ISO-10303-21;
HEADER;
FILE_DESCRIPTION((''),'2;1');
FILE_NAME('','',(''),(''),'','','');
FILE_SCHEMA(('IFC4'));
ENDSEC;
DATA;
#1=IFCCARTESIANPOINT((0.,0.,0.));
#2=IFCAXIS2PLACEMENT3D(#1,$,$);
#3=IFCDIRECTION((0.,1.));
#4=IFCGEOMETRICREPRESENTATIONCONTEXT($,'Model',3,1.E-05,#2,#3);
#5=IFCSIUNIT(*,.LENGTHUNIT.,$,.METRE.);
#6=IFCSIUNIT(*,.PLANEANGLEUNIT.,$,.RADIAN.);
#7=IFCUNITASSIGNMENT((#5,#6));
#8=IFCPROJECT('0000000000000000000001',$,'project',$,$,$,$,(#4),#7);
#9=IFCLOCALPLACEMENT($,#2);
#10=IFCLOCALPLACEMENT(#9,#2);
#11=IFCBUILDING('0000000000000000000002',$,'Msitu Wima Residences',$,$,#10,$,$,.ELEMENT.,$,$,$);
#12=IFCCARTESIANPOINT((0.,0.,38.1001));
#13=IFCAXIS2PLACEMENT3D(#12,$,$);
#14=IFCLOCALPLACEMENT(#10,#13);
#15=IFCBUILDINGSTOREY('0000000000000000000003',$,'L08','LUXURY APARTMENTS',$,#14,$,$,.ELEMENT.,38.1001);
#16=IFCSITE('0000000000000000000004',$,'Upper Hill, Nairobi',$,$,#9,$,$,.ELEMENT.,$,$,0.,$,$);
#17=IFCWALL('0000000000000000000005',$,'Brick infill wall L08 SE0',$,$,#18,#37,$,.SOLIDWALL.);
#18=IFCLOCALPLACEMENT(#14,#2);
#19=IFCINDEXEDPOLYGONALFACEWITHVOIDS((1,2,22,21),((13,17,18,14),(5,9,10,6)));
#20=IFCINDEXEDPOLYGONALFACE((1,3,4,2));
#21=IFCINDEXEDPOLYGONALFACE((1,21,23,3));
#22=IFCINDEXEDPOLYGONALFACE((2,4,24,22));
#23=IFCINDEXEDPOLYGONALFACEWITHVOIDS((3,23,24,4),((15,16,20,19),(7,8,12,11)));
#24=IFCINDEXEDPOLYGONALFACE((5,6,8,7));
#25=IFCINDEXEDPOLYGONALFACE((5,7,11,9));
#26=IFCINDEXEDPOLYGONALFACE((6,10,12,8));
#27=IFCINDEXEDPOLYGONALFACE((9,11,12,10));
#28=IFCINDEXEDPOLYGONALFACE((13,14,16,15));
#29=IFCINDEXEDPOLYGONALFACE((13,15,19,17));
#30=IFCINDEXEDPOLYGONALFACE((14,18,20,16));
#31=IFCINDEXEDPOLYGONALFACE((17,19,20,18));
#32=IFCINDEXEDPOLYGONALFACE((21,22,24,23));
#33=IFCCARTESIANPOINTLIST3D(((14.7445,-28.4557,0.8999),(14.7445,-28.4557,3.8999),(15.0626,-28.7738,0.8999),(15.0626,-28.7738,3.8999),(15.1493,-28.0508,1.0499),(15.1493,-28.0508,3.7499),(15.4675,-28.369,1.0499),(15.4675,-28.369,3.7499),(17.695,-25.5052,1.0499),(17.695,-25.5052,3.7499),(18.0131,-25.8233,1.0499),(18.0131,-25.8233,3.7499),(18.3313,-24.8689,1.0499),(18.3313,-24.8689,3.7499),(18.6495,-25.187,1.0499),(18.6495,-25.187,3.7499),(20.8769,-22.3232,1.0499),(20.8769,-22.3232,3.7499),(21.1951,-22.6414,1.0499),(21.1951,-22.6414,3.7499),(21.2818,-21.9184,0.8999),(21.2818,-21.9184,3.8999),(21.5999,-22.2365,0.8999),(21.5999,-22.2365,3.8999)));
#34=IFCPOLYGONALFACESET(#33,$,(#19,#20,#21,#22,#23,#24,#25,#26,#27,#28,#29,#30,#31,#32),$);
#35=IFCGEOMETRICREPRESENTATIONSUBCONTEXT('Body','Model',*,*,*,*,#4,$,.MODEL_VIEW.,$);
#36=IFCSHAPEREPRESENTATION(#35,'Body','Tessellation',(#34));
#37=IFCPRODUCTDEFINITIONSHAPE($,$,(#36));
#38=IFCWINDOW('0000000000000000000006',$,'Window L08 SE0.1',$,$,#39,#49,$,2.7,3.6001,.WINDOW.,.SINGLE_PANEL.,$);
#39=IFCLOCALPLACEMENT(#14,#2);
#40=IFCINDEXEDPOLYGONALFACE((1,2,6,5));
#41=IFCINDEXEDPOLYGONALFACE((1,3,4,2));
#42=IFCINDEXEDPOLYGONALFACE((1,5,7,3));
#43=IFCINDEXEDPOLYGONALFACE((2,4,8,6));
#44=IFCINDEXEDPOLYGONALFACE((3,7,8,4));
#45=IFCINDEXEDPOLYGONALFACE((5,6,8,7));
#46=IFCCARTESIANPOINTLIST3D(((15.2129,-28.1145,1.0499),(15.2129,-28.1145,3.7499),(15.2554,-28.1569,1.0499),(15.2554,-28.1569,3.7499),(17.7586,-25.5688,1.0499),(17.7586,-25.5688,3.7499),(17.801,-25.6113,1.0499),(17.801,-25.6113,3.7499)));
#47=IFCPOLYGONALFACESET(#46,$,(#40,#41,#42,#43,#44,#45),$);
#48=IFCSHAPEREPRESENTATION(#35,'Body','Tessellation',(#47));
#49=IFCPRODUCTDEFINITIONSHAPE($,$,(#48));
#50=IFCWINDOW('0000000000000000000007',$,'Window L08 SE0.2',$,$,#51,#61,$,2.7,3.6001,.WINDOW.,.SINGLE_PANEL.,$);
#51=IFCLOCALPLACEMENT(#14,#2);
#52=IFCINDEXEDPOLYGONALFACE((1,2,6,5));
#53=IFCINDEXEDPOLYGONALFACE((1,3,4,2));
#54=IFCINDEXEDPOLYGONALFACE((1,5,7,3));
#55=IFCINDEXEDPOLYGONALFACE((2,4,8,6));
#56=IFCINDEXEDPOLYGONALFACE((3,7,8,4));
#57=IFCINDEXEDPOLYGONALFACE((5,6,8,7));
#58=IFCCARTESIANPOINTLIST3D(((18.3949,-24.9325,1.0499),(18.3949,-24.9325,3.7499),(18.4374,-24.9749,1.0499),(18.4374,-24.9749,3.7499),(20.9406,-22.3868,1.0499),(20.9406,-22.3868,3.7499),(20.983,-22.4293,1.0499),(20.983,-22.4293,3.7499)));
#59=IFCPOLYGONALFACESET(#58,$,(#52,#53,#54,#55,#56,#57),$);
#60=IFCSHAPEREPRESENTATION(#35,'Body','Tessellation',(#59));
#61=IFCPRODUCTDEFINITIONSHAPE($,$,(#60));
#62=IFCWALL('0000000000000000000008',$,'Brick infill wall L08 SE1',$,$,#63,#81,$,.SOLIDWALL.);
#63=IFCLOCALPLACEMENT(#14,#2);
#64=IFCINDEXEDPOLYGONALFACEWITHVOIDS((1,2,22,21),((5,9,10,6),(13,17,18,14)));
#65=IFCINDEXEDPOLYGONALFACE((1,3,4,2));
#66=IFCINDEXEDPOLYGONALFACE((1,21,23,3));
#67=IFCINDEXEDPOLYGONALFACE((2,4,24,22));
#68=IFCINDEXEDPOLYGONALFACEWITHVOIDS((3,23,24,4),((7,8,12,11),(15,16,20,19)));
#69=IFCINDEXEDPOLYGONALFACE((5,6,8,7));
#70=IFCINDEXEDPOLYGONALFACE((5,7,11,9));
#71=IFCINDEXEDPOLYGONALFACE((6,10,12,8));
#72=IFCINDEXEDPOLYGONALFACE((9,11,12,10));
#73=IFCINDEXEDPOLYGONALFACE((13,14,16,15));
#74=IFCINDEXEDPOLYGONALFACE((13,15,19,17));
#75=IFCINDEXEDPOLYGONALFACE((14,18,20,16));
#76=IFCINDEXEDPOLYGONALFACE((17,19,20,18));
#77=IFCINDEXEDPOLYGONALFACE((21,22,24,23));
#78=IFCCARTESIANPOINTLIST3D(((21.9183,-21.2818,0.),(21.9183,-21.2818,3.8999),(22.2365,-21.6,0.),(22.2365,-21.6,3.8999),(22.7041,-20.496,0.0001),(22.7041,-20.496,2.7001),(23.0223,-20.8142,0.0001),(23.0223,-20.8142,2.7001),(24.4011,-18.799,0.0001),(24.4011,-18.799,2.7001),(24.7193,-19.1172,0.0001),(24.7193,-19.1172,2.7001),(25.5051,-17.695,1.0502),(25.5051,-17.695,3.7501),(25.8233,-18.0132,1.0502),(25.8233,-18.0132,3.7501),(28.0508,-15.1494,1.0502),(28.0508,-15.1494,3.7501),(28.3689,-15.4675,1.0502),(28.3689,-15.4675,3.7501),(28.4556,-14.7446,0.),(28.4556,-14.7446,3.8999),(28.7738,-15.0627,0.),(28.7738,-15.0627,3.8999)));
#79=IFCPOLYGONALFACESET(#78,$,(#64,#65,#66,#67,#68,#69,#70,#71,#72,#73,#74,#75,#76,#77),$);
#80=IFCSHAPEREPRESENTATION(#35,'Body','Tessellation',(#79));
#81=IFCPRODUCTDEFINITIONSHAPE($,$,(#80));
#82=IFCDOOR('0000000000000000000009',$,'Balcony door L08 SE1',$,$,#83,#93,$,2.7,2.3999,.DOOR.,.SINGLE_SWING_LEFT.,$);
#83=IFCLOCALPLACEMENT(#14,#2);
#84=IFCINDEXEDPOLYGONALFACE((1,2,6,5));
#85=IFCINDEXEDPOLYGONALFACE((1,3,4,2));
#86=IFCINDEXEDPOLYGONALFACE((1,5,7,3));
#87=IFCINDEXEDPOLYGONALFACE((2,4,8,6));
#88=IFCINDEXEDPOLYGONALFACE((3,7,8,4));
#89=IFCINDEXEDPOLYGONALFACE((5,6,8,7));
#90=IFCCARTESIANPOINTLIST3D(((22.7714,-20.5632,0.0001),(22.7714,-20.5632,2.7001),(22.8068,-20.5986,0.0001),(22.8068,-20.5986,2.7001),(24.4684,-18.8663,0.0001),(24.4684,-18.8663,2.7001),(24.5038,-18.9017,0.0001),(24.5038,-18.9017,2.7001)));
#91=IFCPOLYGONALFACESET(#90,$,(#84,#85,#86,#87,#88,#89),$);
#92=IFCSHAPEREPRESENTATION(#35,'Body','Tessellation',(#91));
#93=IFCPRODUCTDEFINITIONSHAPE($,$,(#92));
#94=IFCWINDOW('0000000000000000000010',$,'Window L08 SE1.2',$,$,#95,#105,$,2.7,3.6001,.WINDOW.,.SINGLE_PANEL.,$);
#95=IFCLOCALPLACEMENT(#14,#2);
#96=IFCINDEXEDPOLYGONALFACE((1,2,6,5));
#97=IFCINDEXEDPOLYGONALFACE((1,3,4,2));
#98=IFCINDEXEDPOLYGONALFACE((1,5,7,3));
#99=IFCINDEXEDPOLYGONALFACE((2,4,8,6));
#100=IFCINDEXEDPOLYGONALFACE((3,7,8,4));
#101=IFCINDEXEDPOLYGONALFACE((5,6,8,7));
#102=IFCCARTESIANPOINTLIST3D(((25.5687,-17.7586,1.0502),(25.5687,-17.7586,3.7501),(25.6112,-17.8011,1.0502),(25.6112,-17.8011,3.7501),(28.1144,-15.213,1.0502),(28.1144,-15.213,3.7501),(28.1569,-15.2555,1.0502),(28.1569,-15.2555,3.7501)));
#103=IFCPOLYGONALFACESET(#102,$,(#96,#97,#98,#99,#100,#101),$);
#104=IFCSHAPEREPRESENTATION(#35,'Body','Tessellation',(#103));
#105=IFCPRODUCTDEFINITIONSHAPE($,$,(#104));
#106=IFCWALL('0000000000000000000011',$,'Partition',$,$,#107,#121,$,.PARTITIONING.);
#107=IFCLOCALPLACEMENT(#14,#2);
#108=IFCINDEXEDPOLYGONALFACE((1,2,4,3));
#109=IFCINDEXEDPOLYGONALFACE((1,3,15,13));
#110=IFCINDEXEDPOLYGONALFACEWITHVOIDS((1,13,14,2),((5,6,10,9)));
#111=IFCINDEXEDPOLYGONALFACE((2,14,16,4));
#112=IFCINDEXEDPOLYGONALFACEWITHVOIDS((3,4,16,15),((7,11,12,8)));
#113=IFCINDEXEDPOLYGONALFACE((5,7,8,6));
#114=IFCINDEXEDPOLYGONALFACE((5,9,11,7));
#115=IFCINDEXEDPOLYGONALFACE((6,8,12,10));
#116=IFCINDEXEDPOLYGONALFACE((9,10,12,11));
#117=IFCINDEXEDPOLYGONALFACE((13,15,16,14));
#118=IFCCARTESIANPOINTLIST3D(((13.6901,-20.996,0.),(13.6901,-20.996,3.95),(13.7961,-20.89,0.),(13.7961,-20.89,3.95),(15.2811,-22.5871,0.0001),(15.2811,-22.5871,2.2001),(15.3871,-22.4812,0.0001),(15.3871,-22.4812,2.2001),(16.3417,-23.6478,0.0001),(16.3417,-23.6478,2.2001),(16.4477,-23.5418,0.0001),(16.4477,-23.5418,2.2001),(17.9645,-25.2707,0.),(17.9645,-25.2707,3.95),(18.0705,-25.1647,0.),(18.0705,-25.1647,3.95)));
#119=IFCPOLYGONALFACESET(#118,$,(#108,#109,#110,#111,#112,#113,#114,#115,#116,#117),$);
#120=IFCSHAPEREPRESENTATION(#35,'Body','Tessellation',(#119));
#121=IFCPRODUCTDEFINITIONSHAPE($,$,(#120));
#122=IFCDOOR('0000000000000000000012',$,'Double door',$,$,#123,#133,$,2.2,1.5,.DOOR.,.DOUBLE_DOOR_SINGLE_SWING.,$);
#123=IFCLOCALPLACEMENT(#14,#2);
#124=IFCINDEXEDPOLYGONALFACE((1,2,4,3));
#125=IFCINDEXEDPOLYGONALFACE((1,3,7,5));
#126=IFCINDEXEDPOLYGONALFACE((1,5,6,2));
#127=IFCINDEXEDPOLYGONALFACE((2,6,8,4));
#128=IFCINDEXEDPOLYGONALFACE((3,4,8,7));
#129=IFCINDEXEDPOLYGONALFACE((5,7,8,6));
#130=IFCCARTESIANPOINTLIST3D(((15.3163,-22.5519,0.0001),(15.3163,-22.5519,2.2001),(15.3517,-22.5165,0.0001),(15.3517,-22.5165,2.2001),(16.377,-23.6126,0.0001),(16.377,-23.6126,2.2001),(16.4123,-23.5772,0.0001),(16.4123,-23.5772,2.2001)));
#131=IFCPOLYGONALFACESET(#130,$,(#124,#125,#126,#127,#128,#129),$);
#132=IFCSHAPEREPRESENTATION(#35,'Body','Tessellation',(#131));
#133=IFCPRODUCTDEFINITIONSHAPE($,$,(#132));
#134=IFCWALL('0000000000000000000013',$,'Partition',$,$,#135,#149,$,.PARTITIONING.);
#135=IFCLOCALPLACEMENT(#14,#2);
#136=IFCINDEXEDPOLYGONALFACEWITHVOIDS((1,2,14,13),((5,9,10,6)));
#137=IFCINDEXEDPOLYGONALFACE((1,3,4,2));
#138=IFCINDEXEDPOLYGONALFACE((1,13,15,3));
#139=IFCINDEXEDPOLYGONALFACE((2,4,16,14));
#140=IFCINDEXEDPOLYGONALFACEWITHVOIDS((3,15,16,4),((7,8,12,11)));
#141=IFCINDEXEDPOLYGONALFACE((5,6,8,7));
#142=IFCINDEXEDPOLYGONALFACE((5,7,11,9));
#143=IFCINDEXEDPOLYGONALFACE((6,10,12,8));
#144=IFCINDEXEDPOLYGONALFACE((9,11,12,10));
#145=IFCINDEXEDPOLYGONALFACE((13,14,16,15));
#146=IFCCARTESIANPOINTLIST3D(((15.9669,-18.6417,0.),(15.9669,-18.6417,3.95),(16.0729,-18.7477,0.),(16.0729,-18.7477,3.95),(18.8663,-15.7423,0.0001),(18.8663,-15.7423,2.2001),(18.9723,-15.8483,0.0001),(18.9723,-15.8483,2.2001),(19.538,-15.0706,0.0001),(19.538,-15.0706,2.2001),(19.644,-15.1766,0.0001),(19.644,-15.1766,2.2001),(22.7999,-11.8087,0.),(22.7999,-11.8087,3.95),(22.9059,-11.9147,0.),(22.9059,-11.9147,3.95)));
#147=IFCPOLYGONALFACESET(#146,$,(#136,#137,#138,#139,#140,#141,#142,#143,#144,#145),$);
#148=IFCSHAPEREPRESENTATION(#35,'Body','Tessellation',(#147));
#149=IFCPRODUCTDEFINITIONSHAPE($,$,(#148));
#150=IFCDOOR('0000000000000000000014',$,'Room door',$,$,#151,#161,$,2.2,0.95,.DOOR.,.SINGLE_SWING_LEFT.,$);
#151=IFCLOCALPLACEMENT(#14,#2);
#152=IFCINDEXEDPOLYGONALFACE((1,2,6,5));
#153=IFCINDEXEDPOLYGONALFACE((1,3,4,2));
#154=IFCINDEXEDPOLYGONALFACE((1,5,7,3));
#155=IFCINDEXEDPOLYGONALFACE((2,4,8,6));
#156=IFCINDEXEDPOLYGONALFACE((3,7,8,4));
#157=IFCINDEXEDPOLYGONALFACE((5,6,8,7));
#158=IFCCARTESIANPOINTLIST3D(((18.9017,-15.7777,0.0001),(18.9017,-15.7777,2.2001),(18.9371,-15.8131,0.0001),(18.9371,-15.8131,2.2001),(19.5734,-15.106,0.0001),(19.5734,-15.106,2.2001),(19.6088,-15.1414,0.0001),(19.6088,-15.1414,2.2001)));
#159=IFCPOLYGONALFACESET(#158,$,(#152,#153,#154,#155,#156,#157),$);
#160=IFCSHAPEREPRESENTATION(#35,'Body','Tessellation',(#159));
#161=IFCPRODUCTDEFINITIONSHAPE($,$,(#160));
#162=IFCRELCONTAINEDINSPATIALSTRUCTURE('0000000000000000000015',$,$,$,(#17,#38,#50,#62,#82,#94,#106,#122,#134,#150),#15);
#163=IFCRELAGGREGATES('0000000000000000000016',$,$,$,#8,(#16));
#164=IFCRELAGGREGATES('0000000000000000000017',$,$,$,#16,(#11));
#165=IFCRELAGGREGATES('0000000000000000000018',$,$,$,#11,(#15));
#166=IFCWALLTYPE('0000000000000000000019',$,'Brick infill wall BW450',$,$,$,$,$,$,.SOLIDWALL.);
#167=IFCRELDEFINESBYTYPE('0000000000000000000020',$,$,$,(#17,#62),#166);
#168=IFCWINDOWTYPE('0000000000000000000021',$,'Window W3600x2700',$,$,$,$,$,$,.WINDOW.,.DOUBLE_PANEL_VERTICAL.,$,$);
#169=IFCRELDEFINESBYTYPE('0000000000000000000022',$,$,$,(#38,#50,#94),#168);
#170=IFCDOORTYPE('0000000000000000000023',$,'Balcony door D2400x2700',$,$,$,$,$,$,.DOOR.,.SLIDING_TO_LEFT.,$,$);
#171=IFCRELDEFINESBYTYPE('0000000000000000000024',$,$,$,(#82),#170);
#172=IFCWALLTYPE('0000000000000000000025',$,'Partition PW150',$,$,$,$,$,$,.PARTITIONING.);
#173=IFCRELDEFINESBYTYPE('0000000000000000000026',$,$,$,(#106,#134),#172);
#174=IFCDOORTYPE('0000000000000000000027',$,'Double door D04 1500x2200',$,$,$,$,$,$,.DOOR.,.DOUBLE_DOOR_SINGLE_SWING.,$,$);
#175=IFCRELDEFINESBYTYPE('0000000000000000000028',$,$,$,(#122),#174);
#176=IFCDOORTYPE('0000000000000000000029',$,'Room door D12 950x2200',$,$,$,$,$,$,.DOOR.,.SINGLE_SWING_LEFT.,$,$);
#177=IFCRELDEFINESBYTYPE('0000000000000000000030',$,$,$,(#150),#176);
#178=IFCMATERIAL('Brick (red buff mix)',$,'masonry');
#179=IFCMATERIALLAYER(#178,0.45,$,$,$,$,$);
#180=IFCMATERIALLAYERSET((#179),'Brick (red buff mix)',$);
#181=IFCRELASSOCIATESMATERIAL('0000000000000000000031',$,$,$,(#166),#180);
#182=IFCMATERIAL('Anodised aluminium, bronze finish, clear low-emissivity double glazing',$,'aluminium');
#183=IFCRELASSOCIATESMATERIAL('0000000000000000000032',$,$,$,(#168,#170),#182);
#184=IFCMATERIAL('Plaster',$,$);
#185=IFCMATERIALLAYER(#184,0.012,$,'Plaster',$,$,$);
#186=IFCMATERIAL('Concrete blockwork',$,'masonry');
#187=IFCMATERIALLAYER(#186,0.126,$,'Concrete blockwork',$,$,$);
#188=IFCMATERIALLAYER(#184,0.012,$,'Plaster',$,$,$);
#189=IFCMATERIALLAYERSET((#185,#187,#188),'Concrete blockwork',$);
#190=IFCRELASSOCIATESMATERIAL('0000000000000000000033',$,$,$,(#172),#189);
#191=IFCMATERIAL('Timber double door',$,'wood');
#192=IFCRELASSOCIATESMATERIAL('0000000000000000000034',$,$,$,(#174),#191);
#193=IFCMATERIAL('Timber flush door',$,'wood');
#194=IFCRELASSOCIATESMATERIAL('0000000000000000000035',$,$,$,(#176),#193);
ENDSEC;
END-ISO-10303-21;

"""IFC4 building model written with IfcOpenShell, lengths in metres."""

from ifc_helpers import new_model, si_unit, direction, frame, frame_2d, origin, place, context, subcontext, project, spatial, rectangle, extrude, material, layer, layer_set, type_object, element, fill, save


model = new_model("IFC4")

# Units and contexts
model_context = context("Model", 3, precision=1e-05, world=origin(), true_north=direction((0.0, 1.0)))
body_context = subcontext(model_context, "Body", "Model", "MODEL_VIEW")
ifc_project = project(units=[si_unit("LENGTHUNIT", "METRE"), si_unit("PLANEANGLEUNIT", "RADIAN")], contexts=[model_context])

# Site, building, storey
site_placement = place(None, origin())
site = spatial("IfcSite", under=ifc_project, at=site_placement, Name="Upper Hill, Nairobi", CompositionType="ELEMENT", RefElevation=0.0)
building_placement = place(site_placement, origin())
building = spatial("IfcBuilding", under=site, at=building_placement, Name="Msitu Wima Residences", CompositionType="ELEMENT")
storey_placement = place(building_placement, frame((0.0, 0.0, 38.1001)))
storey = spatial("IfcBuildingStorey", under=building, at=storey_placement, Name="L08", Description="LUXURY APARTMENTS", CompositionType="ELEMENT", Elevation=38.1001)

# Wall, openings, windows
ifc_material_1 = material(Name="Brick (red buff mix)", Category="masonry")
ifc_layer_1 = layer(ifc_material_1, 0.45)
ifc_layer_set_1 = layer_set([ifc_layer_1], Name="Brick (red buff mix)")
wall_type_1 = type_object("IfcWallType", Name="Brick infill wall BW450", PredefinedType="SOLIDWALL", material=ifc_layer_set_1)
wall_1_placement = place(storey_placement, frame((14.9036, -28.6147, 0.8999), z_axis=(0.0, 0.0, 1.0), x_axis=(0.707107, 0.707107, 0.0)))
wall_1 = element("IfcWall", 1, at=wall_1_placement, inside=storey, type_object=wall_type_1, Name="Brick infill wall L08 SE0", PredefinedType="SOLIDWALL", context=body_context, shape_type="SweptSolid", body=[
    extrude(rectangle(XDim=9.2451, YDim=0.45, at=frame_2d((4.6226, 0.0))), origin(), (0.0, 0.0, 1.0), 3.0),
])
opening_1_placement = place(wall_1_placement, frame((0.5725, 0.0, 0.1499)))
opening_1 = element("IfcOpeningElement", 2, at=opening_1_placement, cuts=wall_1, PredefinedType="OPENING", context=body_context, shape_type="SweptSolid", body=[
    extrude(rectangle(XDim=3.6001, YDim=2.7, at=frame_2d((1.8, 1.3501))), frame((0.0, 0.2349, 0.0), z_axis=(0.0, -1.0, 0.0), x_axis=(1.0, 0.0, 0.0)), (0.0, 0.0, 1.0), 0.47),
])
opening_2_placement = place(wall_1_placement, frame((5.0725, 0.0, 0.1499)))
opening_2 = element("IfcOpeningElement", 3, at=opening_2_placement, cuts=wall_1, PredefinedType="OPENING", context=body_context, shape_type="SweptSolid", body=[
    extrude(rectangle(XDim=3.6001, YDim=2.7, at=frame_2d((1.8, 1.3501))), frame((0.0, 0.2349, 0.0), z_axis=(0.0, -1.0, 0.0), x_axis=(1.0, 0.0, 0.0)), (0.0, 0.0, 1.0), 0.47),
])
ifc_material_2 = material(Name="Anodised aluminium, bronze finish, clear low-emissivity double glazing", Category="aluminium")
window_type = type_object("IfcWindowType", Name="Window W3600x2700", PartitioningType="DOUBLE_PANEL_VERTICAL", PredefinedType="WINDOW", material=ifc_material_2)
window_1_placement = place(opening_1_placement, origin())
window_1 = element("IfcWindow", 4, at=window_1_placement, inside=storey, type_object=window_type, Name="Window L08 SE0.1", OverallHeight=2.7, OverallWidth=3.6001, PartitioningType="SINGLE_PANEL", PredefinedType="WINDOW", context=body_context, shape_type="SweptSolid", body=[
    extrude(rectangle(XDim=3.6001, YDim=2.7, at=frame_2d((1.8, 1.3501))), frame((0.0, 0.135, 0.0), z_axis=(0.0, -1.0, 0.0), x_axis=(1.0, 0.0, 0.0)), (0.0, 0.0, 1.0), 0.0601),
])
fill(opening_1, window_1)
window_2_placement = place(opening_2_placement, origin())
window_2 = element("IfcWindow", 5, at=window_2_placement, inside=storey, type_object=window_type, Name="Window L08 SE0.2", OverallHeight=2.7, OverallWidth=3.6001, PartitioningType="SINGLE_PANEL", PredefinedType="WINDOW", context=body_context, shape_type="SweptSolid", body=[
    extrude(rectangle(XDim=3.6001, YDim=2.7, at=frame_2d((1.8, 1.3501))), frame((0.0, 0.135, 0.0), z_axis=(0.0, -1.0, 0.0), x_axis=(1.0, 0.0, 0.0)), (0.0, 0.0, 1.0), 0.0601),
])
fill(opening_2, window_2)

# Wall, openings, door, window
wall_2_placement = place(storey_placement, frame((22.0774, -21.4409, 0.0), z_axis=(0.0, 0.0, 1.0), x_axis=(0.707107, 0.707107, 0.0)))
wall_2 = element("IfcWall", 6, at=wall_2_placement, inside=storey, type_object=wall_type_1, Name="Brick infill wall L08 SE1", PredefinedType="SOLIDWALL", context=body_context, shape_type="SweptSolid", body=[
    extrude(rectangle(XDim=9.2451, YDim=0.45, at=frame_2d((4.6226, 0.0))), origin(), (0.0, 0.0, 1.0), 3.8999),
])
opening_3_placement = place(wall_2_placement, frame((1.1113, 0.0, 0.0)))
opening_3 = element("IfcOpeningElement", 7, at=opening_3_placement, cuts=wall_2, PredefinedType="OPENING", context=body_context, shape_type="SweptSolid", body=[
    extrude(rectangle(XDim=2.3999, YDim=2.7, at=frame_2d((1.2, 1.3501))), frame((0.0, 0.2349, 0.0), z_axis=(0.0, -1.0, 0.0), x_axis=(1.0, 0.0, 0.0)), (0.0, 0.0, 1.0), 0.47),
])
opening_4_placement = place(wall_2_placement, frame((5.0725, 0.0, 1.05)))
opening_4 = element("IfcOpeningElement", 8, at=opening_4_placement, cuts=wall_2, PredefinedType="OPENING", context=body_context, shape_type="SweptSolid", body=[
    extrude(rectangle(XDim=3.6001, YDim=2.7, at=frame_2d((1.8, 1.3501))), frame((0.0, 0.2349, 0.0), z_axis=(0.0, -1.0, 0.0), x_axis=(1.0, 0.0, 0.0)), (0.0, 0.0, 1.0), 0.47),
])
door_type_1 = type_object("IfcDoorType", Name="Balcony door D2400x2700", OperationType="SLIDING_TO_LEFT", PredefinedType="DOOR", material=ifc_material_2)
door_1_placement = place(opening_3_placement, origin())
door_1 = element("IfcDoor", 9, at=door_1_placement, inside=storey, type_object=door_type_1, Name="Balcony door L08 SE1", OperationType="SINGLE_SWING_LEFT", OverallHeight=2.7, OverallWidth=2.3999, PredefinedType="DOOR", context=body_context, shape_type="SweptSolid", body=[
    extrude(rectangle(XDim=2.3999, YDim=2.7, at=frame_2d((1.2, 1.3501))), frame((0.0, 0.1299, 0.0), z_axis=(0.0, -1.0, 0.0), x_axis=(1.0, 0.0, 0.0)), (0.0, 0.0, 1.0), 0.05),
])
fill(opening_3, door_1)
window_3_placement = place(opening_4_placement, origin())
window_3 = element("IfcWindow", 10, at=window_3_placement, inside=storey, type_object=window_type, Name="Window L08 SE1.2", OverallHeight=2.7, OverallWidth=3.6001, PartitioningType="SINGLE_PANEL", PredefinedType="WINDOW", context=body_context, shape_type="SweptSolid", body=[
    extrude(rectangle(XDim=3.6001, YDim=2.7, at=frame_2d((1.8, 1.3501))), frame((0.0, 0.135, 0.0), z_axis=(0.0, -1.0, 0.0), x_axis=(1.0, 0.0, 0.0)), (0.0, 0.0, 1.0), 0.0601),
])
fill(opening_4, window_3)

# Walls, openings, doors
ifc_material_3 = material(Name="Plaster")
ifc_layer_2 = layer(ifc_material_3, 0.012, Name="Plaster")
ifc_material_4 = material(Name="Concrete blockwork", Category="masonry")
ifc_layer_3 = layer(ifc_material_4, 0.126, Name="Concrete blockwork")
ifc_layer_4 = layer(ifc_material_3, 0.012, Name="Plaster")
ifc_layer_set_2 = layer_set([ifc_layer_2, ifc_layer_3, ifc_layer_4], Name="Concrete blockwork")
wall_type_2 = type_object("IfcWallType", Name="Partition PW150", PredefinedType="PARTITIONING", material=ifc_layer_set_2)
wall_3_placement = place(storey_placement, frame((13.7432, -20.9431, 0.0), z_axis=(0.0, 0.0, 1.0), x_axis=(0.707087, -0.707127, 0.0)))
wall_3 = element("IfcWall", 11, at=wall_3_placement, inside=storey, type_object=wall_type_2, Name="Partition", PredefinedType="PARTITIONING", context=body_context, shape_type="SweptSolid", body=[
    extrude(rectangle(XDim=6.0452, YDim=0.1499, at=frame_2d((3.0225, 0.0))), origin(), (0.0, 0.0, 1.0), 3.95),
])
opening_5_placement = place(wall_3_placement, frame((2.25, 0.0, 0.0)))
opening_5 = element("IfcOpeningElement", 12, at=opening_5_placement, cuts=wall_3, PredefinedType="OPENING", context=body_context, shape_type="SweptSolid", body=[
    extrude(rectangle(XDim=1.5, YDim=2.2, at=frame_2d((0.75, 1.1001))), frame((0.0, 0.085, 0.0), z_axis=(0.0, -1.0, 0.0), x_axis=(1.0, 0.0, 0.0)), (0.0, 0.0, 1.0), 0.1699),
])
ifc_material_5 = material(Name="Timber double door", Category="wood")
door_type_2 = type_object("IfcDoorType", Name="Double door D04 1500x2200", OperationType="DOUBLE_DOOR_SINGLE_SWING", PredefinedType="DOOR", material=ifc_material_5)
door_2_placement = place(opening_5_placement, origin())
door_2 = element("IfcDoor", 13, at=door_2_placement, inside=storey, type_object=door_type_2, Name="Double door", OperationType="DOUBLE_DOOR_SINGLE_SWING", OverallHeight=2.2, OverallWidth=1.5, PredefinedType="DOOR", context=body_context, shape_type="SweptSolid", body=[
    extrude(rectangle(XDim=1.5, YDim=2.2, at=frame_2d((0.75, 1.1001))), frame((0.0, 0.0249, 0.0), z_axis=(0.0, -1.0, 0.0), x_axis=(1.0, 0.0, 0.0)), (0.0, 0.0, 1.0), 0.05),
])
fill(opening_5, door_2)
wall_4_placement = place(storey_placement, frame((16.02, -18.6946, 0.0), z_axis=(0.0, 0.0, 1.0), x_axis=(0.707107, 0.707107, 0.0)))
wall_4 = element("IfcWall", 14, at=wall_4_placement, inside=storey, type_object=wall_type_2, Name="Partition", PredefinedType="PARTITIONING", context=body_context, shape_type="SweptSolid", body=[
    extrude(rectangle(XDim=9.6633, YDim=0.1499, at=frame_2d((4.8315, 0.0))), origin(), (0.0, 0.0, 1.0), 3.95),
])
opening_6_placement = place(wall_4_placement, frame((4.1001, 0.0, 0.0)))
opening_6 = element("IfcOpeningElement", 15, at=opening_6_placement, cuts=wall_4, PredefinedType="OPENING", context=body_context, shape_type="SweptSolid", body=[
    extrude(rectangle(XDim=0.95, YDim=2.2, at=frame_2d((0.4751, 1.1001))), frame((0.0, 0.085, 0.0), z_axis=(0.0, -1.0, 0.0), x_axis=(1.0, 0.0, 0.0)), (0.0, 0.0, 1.0), 0.1699),
])
ifc_material_6 = material(Name="Timber flush door", Category="wood")
door_type_3 = type_object("IfcDoorType", Name="Room door D12 950x2200", OperationType="SINGLE_SWING_LEFT", PredefinedType="DOOR", material=ifc_material_6)
door_3_placement = place(opening_6_placement, origin())
door_3 = element("IfcDoor", 16, at=door_3_placement, inside=storey, type_object=door_type_3, Name="Room door", OperationType="SINGLE_SWING_LEFT", OverallHeight=2.2, OverallWidth=0.95, PredefinedType="DOOR", context=body_context, shape_type="SweptSolid", body=[
    extrude(rectangle(XDim=0.95, YDim=2.2, at=frame_2d((0.4751, 1.1001))), frame((0.0, 0.0249, 0.0), z_axis=(0.0, -1.0, 0.0), x_axis=(1.0, 0.0, 0.0)), (0.0, 0.0, 1.0), 0.05),
])
fill(opening_6, door_3)

save(model, "model.ifc")
